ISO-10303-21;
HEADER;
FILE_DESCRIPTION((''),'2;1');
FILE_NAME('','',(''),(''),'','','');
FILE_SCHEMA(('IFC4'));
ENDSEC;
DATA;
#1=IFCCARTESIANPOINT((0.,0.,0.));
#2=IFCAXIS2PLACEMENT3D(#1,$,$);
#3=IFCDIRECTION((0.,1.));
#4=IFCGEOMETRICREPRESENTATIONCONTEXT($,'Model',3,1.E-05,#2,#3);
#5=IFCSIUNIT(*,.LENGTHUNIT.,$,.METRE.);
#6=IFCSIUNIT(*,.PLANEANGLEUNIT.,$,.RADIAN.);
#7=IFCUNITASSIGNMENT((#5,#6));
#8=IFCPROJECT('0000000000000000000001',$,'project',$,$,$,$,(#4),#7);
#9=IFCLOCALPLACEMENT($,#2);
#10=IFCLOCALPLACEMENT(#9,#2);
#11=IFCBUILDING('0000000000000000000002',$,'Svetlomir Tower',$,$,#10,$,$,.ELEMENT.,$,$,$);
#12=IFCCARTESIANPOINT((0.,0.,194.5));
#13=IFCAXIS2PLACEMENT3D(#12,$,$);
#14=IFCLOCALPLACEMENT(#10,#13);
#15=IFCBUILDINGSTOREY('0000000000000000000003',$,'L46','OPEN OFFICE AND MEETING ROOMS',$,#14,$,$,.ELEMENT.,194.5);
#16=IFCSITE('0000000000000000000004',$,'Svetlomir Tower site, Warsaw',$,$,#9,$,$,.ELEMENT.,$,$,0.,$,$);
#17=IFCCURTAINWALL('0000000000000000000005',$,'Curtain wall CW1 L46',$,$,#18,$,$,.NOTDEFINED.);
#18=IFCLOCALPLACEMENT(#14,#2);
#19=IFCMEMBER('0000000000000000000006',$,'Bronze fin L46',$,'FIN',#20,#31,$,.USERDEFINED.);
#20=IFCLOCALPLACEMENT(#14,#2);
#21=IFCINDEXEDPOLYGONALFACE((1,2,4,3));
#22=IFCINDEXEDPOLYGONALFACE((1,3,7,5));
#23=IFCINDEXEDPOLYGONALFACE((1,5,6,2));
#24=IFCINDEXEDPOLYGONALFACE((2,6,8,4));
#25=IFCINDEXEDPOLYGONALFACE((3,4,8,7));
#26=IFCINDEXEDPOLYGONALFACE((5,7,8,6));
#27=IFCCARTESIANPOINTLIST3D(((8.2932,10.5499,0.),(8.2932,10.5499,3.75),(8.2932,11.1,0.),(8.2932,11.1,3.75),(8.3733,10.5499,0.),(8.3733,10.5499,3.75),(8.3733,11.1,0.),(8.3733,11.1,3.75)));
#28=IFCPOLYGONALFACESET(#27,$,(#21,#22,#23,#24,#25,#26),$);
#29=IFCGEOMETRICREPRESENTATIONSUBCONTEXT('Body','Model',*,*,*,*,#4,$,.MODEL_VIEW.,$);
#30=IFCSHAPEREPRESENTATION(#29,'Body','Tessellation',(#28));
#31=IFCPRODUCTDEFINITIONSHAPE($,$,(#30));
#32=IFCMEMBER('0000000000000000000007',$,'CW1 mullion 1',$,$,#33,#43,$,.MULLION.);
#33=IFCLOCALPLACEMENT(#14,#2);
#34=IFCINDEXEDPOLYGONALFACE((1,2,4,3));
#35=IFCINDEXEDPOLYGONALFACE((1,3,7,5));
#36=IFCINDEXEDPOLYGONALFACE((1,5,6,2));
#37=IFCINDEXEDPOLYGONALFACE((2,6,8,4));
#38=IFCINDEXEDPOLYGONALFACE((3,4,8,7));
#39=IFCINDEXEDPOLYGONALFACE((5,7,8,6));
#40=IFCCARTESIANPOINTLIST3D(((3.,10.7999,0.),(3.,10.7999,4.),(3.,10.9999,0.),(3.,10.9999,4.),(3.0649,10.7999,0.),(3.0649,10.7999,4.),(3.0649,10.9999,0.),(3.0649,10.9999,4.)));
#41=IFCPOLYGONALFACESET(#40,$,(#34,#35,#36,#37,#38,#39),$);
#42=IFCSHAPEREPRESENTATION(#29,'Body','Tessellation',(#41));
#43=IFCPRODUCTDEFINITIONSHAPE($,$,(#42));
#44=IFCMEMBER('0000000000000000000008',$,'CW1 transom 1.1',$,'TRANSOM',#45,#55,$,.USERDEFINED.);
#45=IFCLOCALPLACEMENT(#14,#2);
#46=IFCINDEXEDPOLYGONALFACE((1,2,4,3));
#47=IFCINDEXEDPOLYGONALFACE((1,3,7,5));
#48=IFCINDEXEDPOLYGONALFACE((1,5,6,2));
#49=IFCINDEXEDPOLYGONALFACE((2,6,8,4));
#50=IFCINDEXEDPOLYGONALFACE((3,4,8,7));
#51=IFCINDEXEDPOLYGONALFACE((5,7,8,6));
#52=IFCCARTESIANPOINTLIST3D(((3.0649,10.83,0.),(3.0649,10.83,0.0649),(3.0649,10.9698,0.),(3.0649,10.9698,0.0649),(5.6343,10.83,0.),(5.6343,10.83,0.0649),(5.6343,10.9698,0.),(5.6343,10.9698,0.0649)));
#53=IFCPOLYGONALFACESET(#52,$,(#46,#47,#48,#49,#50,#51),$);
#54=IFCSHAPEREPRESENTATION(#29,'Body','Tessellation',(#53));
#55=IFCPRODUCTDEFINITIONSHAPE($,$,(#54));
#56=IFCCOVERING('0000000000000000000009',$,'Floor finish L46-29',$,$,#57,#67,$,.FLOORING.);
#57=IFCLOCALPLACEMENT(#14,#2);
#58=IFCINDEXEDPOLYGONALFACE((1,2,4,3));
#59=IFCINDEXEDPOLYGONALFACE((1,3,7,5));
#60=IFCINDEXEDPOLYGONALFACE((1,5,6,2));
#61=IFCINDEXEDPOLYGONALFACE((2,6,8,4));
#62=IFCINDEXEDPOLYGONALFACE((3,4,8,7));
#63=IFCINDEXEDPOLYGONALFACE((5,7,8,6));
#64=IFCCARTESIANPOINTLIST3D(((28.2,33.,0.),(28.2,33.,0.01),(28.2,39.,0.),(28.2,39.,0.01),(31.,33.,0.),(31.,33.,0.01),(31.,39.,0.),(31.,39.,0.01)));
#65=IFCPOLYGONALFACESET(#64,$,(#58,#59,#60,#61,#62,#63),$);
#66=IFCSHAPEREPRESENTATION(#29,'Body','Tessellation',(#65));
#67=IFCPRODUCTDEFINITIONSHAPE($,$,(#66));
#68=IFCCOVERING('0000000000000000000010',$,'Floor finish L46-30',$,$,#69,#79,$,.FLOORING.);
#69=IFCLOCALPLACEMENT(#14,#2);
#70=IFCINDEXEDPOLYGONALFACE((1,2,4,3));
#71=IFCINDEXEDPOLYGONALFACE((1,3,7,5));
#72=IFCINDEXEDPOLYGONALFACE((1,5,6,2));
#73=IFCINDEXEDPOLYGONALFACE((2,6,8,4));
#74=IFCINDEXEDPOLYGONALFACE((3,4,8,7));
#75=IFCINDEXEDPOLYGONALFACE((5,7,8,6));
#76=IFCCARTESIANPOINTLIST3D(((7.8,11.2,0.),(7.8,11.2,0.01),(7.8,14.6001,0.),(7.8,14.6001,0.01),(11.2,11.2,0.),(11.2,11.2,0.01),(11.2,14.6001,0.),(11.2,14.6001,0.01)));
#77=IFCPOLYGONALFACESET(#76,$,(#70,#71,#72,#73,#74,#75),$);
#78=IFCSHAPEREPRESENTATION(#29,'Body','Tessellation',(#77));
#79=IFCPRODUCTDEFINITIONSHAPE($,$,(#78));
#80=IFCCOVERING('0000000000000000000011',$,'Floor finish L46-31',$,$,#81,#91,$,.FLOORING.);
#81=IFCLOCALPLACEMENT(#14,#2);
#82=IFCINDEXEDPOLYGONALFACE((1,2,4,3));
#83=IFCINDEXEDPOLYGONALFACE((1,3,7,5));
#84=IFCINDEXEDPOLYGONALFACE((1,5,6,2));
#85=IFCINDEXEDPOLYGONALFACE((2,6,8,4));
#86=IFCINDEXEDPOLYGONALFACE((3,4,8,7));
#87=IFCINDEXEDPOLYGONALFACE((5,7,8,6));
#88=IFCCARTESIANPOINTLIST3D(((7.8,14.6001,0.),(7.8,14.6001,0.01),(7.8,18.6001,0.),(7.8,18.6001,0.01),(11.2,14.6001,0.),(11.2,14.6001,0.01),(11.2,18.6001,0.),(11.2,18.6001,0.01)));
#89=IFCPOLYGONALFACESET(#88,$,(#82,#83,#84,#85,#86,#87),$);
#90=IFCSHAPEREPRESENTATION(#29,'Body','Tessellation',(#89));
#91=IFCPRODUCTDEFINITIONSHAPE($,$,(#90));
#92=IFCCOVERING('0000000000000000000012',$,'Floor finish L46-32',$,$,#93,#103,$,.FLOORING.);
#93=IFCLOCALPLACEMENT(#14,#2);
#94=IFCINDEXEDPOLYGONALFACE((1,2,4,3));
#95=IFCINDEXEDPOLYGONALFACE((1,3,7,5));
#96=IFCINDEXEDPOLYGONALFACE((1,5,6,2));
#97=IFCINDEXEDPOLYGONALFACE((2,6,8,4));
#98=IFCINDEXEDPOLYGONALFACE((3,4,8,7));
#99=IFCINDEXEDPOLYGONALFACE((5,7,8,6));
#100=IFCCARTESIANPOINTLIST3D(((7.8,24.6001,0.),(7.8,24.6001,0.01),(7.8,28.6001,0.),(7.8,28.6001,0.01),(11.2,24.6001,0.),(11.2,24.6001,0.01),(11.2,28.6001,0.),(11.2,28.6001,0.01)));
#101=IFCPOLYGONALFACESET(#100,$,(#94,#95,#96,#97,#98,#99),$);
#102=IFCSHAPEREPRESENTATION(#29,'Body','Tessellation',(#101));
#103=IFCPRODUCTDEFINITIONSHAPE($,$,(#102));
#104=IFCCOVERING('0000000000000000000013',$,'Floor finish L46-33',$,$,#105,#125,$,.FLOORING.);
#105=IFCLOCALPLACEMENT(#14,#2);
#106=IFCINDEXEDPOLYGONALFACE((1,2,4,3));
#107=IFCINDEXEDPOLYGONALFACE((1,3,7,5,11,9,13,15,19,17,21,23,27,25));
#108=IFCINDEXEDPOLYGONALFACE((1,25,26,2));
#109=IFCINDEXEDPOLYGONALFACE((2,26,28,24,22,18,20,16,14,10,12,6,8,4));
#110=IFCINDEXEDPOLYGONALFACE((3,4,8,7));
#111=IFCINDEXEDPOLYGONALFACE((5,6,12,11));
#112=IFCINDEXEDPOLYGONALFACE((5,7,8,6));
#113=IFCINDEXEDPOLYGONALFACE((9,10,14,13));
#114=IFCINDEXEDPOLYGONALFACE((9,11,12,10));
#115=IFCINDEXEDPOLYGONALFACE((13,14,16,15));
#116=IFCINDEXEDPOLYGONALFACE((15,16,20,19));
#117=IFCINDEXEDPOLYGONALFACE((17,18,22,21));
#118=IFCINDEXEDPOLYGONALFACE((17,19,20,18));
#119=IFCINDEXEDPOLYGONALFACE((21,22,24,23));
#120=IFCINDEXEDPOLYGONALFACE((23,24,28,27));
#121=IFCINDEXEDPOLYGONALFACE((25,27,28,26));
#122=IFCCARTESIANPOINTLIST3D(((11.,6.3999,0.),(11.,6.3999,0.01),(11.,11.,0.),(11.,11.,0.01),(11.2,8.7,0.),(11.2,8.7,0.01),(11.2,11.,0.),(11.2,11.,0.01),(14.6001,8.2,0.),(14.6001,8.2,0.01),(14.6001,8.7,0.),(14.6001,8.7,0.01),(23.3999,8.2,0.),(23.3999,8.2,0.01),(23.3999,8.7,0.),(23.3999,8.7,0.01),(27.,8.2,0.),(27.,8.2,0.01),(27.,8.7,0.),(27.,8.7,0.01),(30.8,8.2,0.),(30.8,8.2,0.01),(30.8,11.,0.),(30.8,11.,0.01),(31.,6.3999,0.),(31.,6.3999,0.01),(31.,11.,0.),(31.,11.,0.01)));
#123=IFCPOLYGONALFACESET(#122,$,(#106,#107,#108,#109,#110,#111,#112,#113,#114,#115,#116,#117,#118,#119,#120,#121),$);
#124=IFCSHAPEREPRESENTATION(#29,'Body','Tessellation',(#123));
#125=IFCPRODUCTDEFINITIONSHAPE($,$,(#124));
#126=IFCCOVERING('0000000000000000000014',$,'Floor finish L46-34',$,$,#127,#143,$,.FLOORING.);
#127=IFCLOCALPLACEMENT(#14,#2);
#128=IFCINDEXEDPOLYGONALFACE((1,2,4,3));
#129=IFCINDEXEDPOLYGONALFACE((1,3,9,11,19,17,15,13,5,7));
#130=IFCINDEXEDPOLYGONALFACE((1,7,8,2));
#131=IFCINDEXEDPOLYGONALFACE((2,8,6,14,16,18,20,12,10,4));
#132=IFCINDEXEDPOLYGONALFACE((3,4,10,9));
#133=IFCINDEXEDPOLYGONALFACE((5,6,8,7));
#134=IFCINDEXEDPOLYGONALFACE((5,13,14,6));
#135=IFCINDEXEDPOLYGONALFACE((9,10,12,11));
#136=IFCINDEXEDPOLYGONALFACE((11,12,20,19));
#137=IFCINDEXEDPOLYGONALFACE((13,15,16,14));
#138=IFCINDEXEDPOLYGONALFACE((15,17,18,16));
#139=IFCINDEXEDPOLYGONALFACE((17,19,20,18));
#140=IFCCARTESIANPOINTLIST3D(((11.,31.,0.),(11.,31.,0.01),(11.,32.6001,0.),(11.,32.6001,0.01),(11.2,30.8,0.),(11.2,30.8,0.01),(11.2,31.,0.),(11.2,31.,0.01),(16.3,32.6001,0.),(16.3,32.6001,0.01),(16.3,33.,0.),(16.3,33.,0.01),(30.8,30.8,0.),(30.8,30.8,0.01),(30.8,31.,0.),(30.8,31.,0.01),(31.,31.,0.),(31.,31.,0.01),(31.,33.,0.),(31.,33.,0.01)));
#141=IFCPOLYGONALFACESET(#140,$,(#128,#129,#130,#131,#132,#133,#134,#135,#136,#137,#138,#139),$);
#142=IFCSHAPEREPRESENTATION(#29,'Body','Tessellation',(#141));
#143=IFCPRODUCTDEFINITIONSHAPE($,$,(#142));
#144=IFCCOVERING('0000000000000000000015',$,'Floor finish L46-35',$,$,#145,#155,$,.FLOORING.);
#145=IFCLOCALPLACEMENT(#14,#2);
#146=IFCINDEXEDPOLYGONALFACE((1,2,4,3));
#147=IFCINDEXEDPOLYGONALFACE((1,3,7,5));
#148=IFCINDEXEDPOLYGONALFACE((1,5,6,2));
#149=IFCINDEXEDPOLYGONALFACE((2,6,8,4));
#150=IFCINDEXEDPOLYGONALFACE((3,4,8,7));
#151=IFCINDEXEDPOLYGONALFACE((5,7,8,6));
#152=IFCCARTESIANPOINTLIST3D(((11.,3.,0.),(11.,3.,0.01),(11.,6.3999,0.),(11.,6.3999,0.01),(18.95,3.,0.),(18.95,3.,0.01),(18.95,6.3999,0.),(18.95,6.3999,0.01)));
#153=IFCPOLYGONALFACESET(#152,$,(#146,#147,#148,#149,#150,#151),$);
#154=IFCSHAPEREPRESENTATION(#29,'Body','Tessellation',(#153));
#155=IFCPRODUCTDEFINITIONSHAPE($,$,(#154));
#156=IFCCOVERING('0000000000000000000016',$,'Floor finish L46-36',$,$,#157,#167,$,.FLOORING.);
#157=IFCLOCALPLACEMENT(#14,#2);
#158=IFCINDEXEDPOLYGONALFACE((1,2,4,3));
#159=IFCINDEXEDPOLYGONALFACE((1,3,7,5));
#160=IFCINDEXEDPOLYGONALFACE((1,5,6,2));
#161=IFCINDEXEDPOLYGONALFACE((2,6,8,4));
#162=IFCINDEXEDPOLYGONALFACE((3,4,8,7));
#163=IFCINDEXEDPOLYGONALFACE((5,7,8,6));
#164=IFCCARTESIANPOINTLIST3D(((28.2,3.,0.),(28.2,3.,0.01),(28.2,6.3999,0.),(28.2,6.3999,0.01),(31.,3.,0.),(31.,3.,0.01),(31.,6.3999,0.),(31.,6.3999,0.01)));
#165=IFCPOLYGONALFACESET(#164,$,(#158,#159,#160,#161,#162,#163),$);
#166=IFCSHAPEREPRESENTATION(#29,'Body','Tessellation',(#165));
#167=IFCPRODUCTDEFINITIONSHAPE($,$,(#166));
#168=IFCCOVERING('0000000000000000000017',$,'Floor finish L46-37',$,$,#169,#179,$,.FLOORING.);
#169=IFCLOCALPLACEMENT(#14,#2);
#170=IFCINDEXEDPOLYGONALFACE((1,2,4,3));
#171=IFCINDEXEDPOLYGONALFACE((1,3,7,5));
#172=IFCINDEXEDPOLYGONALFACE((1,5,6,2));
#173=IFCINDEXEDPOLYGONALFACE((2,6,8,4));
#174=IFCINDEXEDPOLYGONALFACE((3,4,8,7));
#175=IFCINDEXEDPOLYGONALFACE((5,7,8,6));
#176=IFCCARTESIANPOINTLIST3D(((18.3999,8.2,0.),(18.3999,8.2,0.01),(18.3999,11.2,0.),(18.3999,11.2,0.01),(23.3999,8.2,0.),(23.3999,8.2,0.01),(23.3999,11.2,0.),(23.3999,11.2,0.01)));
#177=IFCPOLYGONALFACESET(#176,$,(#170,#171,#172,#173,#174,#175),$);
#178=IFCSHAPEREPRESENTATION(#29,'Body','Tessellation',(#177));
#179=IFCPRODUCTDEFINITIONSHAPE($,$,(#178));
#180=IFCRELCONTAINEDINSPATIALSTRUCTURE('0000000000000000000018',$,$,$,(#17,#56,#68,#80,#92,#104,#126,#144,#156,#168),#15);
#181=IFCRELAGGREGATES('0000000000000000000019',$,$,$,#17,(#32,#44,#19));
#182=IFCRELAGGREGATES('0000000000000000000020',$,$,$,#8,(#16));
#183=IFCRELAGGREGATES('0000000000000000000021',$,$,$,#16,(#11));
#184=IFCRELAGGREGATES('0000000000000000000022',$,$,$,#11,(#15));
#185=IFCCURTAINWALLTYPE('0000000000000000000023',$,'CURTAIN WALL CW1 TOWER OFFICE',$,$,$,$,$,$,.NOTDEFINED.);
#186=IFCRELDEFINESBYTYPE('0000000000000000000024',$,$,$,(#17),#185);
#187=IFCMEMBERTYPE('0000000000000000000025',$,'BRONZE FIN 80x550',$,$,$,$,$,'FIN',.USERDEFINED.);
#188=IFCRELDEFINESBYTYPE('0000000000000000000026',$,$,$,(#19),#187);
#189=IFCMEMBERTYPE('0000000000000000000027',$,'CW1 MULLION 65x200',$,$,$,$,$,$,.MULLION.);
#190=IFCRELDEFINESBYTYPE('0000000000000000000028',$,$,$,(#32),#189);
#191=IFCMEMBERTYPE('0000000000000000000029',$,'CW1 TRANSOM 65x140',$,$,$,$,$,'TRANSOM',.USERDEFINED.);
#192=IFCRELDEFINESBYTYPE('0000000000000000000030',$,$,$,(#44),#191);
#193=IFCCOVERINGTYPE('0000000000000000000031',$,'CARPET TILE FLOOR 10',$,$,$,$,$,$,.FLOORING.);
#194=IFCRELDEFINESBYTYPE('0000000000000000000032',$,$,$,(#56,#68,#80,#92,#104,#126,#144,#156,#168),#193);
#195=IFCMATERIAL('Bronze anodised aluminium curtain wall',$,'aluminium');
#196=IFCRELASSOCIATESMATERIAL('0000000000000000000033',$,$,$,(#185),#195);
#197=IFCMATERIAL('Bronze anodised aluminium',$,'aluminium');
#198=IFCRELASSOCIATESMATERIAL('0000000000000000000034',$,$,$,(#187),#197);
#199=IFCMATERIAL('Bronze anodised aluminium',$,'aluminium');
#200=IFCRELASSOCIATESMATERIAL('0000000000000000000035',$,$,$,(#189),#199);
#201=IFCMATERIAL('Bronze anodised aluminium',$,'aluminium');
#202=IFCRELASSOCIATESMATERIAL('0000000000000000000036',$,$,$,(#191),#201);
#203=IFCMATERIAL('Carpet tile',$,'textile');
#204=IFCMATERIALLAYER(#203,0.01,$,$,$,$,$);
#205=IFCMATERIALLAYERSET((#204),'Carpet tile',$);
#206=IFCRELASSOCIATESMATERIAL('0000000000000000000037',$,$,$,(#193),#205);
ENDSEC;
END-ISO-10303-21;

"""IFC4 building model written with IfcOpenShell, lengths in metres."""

from ifc_helpers import new_model, si_unit, direction, frame, origin, origin_2d, place, context, subcontext, project, spatial, polyline, rectangle, outline, extrude, material, layer, layer_set, material_profile, profile_set, type_object, element, aggregate, save


model = new_model("IFC4")

# Units and contexts
model_context = context("Model", 3, precision=1e-05, world=origin(), true_north=direction((0.0, 1.0)))
body_context = subcontext(model_context, "Body", "Model", "MODEL_VIEW")
ifc_project = project(units=[si_unit("LENGTHUNIT", "METRE"), si_unit("PLANEANGLEUNIT", "RADIAN")], contexts=[model_context])

# Site, building, storey
site_placement = place(None, origin())
site = spatial("IfcSite", under=ifc_project, at=site_placement, Name="Svetlomir Tower site, Warsaw", CompositionType="ELEMENT", RefElevation=0.0)
building_placement = place(site_placement, origin())
building = spatial("IfcBuilding", under=site, at=building_placement, Name="Svetlomir Tower", CompositionType="ELEMENT")
storey_placement = place(building_placement, frame((0.0, 0.0, 194.5)))
storey = spatial("IfcBuildingStorey", under=building, at=storey_placement, Name="L46", Description="OPEN OFFICE AND MEETING ROOMS", CompositionType="ELEMENT", Elevation=194.5)

# Curtain wall, members
ifc_material_1 = material(Name="Bronze anodised aluminium curtain wall", Category="aluminium")
curtain_wall_type = type_object("IfcCurtainWallType", Name="CURTAIN WALL CW1 TOWER OFFICE", PredefinedType="NOTDEFINED", material=ifc_material_1)
curtain_wall_placement = place(storey_placement, origin())
curtain_wall = element("IfcCurtainWall", 1, at=curtain_wall_placement, inside=storey, type_object=curtain_wall_type, Name="Curtain wall CW1 L46", PredefinedType="NOTDEFINED")
ifc_material_2 = material(Name="Bronze anodised aluminium", Category="aluminium")
ifc_material_profile_1 = material_profile(ifc_material_2, rectangle(XDim=0.0801, YDim=0.55, at=origin_2d()), Name="FIN 80x550")
ifc_profile_set_1 = profile_set([ifc_material_profile_1], Name="Bronze anodised aluminium 6063-T6")
member_type_1 = type_object("IfcMemberType", Name="BRONZE FIN 80x550", ElementType="FIN", PredefinedType="USERDEFINED", material=ifc_profile_set_1)
member_1_placement = place(storey_placement, frame((8.3333, 10.825, 0.0), z_axis=(0.0, 0.0, 1.0), x_axis=(1.0, 0.0, 0.0)))
member_1 = element("IfcMember", 2, at=member_1_placement, type_object=member_type_1, Name="Bronze fin L46", ObjectType="FIN", PredefinedType="USERDEFINED", context=body_context, shape_type="SweptSolid", body=[
    extrude(rectangle(XDim=0.0801, YDim=0.55, at=origin_2d()), origin(), (0.0, 0.0, 1.0), 3.75),
])
ifc_material_3 = material(Name="Bronze anodised aluminium", Category="aluminium")
ifc_material_profile_2 = material_profile(ifc_material_3, rectangle(XDim=0.0649, YDim=0.2, at=origin_2d()), Name="AL 65x200")
ifc_profile_set_2 = profile_set([ifc_material_profile_2], Name="Bronze anodised aluminium 6063-T6")
member_type_2 = type_object("IfcMemberType", Name="CW1 MULLION 65x200", PredefinedType="MULLION", material=ifc_profile_set_2)
member_2_placement = place(storey_placement, frame((3.0325, 10.8999, 0.0), z_axis=(0.0, 0.0, 1.0), x_axis=(1.0, 0.0, 0.0)))
member_2 = element("IfcMember", 3, at=member_2_placement, type_object=member_type_2, Name="CW1 mullion 1", PredefinedType="MULLION", context=body_context, shape_type="SweptSolid", body=[
    extrude(rectangle(XDim=0.0649, YDim=0.2, at=origin_2d()), origin(), (0.0, 0.0, 1.0), 4.0),
])
ifc_material_4 = material(Name="Bronze anodised aluminium", Category="aluminium")
ifc_material_profile_3 = material_profile(ifc_material_4, rectangle(XDim=0.1399, YDim=0.0649, at=origin_2d()), Name="AL 140x65")
ifc_profile_set_3 = profile_set([ifc_material_profile_3], Name="Bronze anodised aluminium 6063-T6")
member_type_3 = type_object("IfcMemberType", Name="CW1 TRANSOM 65x140", ElementType="TRANSOM", PredefinedType="USERDEFINED", material=ifc_profile_set_3)
member_3_placement = place(storey_placement, frame((3.0649, 10.8999, 0.0325), z_axis=(1.0, 0.0, 0.0), x_axis=(0.0, 1.0, 0.0)))
member_3 = element("IfcMember", 4, at=member_3_placement, type_object=member_type_3, Name="CW1 transom 1.1", ObjectType="TRANSOM", PredefinedType="USERDEFINED", context=body_context, shape_type="SweptSolid", body=[
    extrude(rectangle(XDim=0.1399, YDim=0.0649, at=origin_2d()), origin(), (0.0, 0.0, 1.0), 2.5693),
])
aggregate(curtain_wall, [member_2, member_3, member_1])

# Coverings
ifc_material_5 = material(Name="Carpet tile", Category="textile")
ifc_layer_1 = layer(ifc_material_5, 0.01)
ifc_layer_set_1 = layer_set([ifc_layer_1], Name="Carpet tile")
covering_type_1 = type_object("IfcCoveringType", Name="CARPET TILE FLOOR 10", PredefinedType="FLOORING", material=ifc_layer_set_1)
covering_1_placement = place(storey_placement, origin())
element("IfcCovering", 5, at=covering_1_placement, inside=storey, type_object=covering_type_1, Name="Floor finish L46-29", PredefinedType="FLOORING", context=body_context, shape_type="SweptSolid", body=[
    extrude(outline(polyline([(28.2, 33.0), (31.0, 33.0), (31.0, 39.0), (28.2, 39.0), (28.2, 33.0)])), origin(), (0.0, 0.0, 1.0), 0.01),
])
covering_2_placement = place(storey_placement, origin())
element("IfcCovering", 6, at=covering_2_placement, inside=storey, type_object=covering_type_1, Name="Floor finish L46-30", PredefinedType="FLOORING", context=body_context, shape_type="SweptSolid", body=[
    extrude(outline(polyline([(7.8, 11.2), (11.2, 11.2), (11.2, 14.6001), (7.8, 14.6001), (7.8, 11.2)])), origin(), (0.0, 0.0, 1.0), 0.01),
])
covering_3_placement = place(storey_placement, origin())
element("IfcCovering", 7, at=covering_3_placement, inside=storey, type_object=covering_type_1, Name="Floor finish L46-31", PredefinedType="FLOORING", context=body_context, shape_type="SweptSolid", body=[
    extrude(outline(polyline([(7.8, 14.6001), (11.2, 14.6001), (11.2, 18.6001), (7.8, 18.6001), (7.8, 14.6001)])), origin(), (0.0, 0.0, 1.0), 0.01),
])
covering_4_placement = place(storey_placement, origin())
element("IfcCovering", 8, at=covering_4_placement, inside=storey, type_object=covering_type_1, Name="Floor finish L46-32", PredefinedType="FLOORING", context=body_context, shape_type="SweptSolid", body=[
    extrude(outline(polyline([(7.8, 24.6001), (11.2, 24.6001), (11.2, 28.6001), (7.8, 28.6001), (7.8, 24.6001)])), origin(), (0.0, 0.0, 1.0), 0.01),
])
covering_5_placement = place(storey_placement, origin())
element("IfcCovering", 9, at=covering_5_placement, inside=storey, type_object=covering_type_1, Name="Floor finish L46-33", PredefinedType="FLOORING", context=body_context, shape_type="SweptSolid", body=[
    extrude(outline(polyline([(23.3999, 8.7), (27.0, 8.7), (27.0, 8.2), (30.8, 8.2), (30.8, 11.0), (31.0, 11.0), (31.0, 6.3999), (11.0, 6.3999), (11.0, 11.0), (11.2, 11.0), (11.2, 8.7), (14.6001, 8.7), (14.6001, 8.2), (23.3999, 8.2), (23.3999, 8.7)])), origin(), (0.0, 0.0, 1.0), 0.01),
])
covering_6_placement = place(storey_placement, origin())
element("IfcCovering", 10, at=covering_6_placement, inside=storey, type_object=covering_type_1, Name="Floor finish L46-34", PredefinedType="FLOORING", context=body_context, shape_type="SweptSolid", body=[
    extrude(outline(polyline([(11.2, 30.8), (11.2, 31.0), (11.0, 31.0), (11.0, 32.6001), (16.3, 32.6001), (16.3, 33.0), (31.0, 33.0), (31.0, 31.0), (30.8, 31.0), (30.8, 30.8), (11.2, 30.8)])), origin(), (0.0, 0.0, 1.0), 0.01),
])
covering_7_placement = place(storey_placement, origin())
element("IfcCovering", 11, at=covering_7_placement, inside=storey, type_object=covering_type_1, Name="Floor finish L46-35", PredefinedType="FLOORING", context=body_context, shape_type="SweptSolid", body=[
    extrude(outline(polyline([(18.95, 6.3999), (18.95, 3.0), (11.0, 3.0), (11.0, 6.3999), (18.95, 6.3999)])), origin(), (0.0, 0.0, 1.0), 0.01),
])
covering_8_placement = place(storey_placement, origin())
element("IfcCovering", 12, at=covering_8_placement, inside=storey, type_object=covering_type_1, Name="Floor finish L46-36", PredefinedType="FLOORING", context=body_context, shape_type="SweptSolid", body=[
    extrude(outline(polyline([(28.2, 3.0), (28.2, 6.3999), (31.0, 6.3999), (31.0, 3.0), (28.2, 3.0)])), origin(), (0.0, 0.0, 1.0), 0.01),
])
covering_9_placement = place(storey_placement, origin())
element("IfcCovering", 13, at=covering_9_placement, inside=storey, type_object=covering_type_1, Name="Floor finish L46-37", PredefinedType="FLOORING", context=body_context, shape_type="SweptSolid", body=[
    extrude(outline(polyline([(23.3999, 11.2), (23.3999, 8.2), (18.3999, 8.2), (18.3999, 11.2), (23.3999, 11.2)])), origin(), (0.0, 0.0, 1.0), 0.01),
])

save(model, "model.ifc")
